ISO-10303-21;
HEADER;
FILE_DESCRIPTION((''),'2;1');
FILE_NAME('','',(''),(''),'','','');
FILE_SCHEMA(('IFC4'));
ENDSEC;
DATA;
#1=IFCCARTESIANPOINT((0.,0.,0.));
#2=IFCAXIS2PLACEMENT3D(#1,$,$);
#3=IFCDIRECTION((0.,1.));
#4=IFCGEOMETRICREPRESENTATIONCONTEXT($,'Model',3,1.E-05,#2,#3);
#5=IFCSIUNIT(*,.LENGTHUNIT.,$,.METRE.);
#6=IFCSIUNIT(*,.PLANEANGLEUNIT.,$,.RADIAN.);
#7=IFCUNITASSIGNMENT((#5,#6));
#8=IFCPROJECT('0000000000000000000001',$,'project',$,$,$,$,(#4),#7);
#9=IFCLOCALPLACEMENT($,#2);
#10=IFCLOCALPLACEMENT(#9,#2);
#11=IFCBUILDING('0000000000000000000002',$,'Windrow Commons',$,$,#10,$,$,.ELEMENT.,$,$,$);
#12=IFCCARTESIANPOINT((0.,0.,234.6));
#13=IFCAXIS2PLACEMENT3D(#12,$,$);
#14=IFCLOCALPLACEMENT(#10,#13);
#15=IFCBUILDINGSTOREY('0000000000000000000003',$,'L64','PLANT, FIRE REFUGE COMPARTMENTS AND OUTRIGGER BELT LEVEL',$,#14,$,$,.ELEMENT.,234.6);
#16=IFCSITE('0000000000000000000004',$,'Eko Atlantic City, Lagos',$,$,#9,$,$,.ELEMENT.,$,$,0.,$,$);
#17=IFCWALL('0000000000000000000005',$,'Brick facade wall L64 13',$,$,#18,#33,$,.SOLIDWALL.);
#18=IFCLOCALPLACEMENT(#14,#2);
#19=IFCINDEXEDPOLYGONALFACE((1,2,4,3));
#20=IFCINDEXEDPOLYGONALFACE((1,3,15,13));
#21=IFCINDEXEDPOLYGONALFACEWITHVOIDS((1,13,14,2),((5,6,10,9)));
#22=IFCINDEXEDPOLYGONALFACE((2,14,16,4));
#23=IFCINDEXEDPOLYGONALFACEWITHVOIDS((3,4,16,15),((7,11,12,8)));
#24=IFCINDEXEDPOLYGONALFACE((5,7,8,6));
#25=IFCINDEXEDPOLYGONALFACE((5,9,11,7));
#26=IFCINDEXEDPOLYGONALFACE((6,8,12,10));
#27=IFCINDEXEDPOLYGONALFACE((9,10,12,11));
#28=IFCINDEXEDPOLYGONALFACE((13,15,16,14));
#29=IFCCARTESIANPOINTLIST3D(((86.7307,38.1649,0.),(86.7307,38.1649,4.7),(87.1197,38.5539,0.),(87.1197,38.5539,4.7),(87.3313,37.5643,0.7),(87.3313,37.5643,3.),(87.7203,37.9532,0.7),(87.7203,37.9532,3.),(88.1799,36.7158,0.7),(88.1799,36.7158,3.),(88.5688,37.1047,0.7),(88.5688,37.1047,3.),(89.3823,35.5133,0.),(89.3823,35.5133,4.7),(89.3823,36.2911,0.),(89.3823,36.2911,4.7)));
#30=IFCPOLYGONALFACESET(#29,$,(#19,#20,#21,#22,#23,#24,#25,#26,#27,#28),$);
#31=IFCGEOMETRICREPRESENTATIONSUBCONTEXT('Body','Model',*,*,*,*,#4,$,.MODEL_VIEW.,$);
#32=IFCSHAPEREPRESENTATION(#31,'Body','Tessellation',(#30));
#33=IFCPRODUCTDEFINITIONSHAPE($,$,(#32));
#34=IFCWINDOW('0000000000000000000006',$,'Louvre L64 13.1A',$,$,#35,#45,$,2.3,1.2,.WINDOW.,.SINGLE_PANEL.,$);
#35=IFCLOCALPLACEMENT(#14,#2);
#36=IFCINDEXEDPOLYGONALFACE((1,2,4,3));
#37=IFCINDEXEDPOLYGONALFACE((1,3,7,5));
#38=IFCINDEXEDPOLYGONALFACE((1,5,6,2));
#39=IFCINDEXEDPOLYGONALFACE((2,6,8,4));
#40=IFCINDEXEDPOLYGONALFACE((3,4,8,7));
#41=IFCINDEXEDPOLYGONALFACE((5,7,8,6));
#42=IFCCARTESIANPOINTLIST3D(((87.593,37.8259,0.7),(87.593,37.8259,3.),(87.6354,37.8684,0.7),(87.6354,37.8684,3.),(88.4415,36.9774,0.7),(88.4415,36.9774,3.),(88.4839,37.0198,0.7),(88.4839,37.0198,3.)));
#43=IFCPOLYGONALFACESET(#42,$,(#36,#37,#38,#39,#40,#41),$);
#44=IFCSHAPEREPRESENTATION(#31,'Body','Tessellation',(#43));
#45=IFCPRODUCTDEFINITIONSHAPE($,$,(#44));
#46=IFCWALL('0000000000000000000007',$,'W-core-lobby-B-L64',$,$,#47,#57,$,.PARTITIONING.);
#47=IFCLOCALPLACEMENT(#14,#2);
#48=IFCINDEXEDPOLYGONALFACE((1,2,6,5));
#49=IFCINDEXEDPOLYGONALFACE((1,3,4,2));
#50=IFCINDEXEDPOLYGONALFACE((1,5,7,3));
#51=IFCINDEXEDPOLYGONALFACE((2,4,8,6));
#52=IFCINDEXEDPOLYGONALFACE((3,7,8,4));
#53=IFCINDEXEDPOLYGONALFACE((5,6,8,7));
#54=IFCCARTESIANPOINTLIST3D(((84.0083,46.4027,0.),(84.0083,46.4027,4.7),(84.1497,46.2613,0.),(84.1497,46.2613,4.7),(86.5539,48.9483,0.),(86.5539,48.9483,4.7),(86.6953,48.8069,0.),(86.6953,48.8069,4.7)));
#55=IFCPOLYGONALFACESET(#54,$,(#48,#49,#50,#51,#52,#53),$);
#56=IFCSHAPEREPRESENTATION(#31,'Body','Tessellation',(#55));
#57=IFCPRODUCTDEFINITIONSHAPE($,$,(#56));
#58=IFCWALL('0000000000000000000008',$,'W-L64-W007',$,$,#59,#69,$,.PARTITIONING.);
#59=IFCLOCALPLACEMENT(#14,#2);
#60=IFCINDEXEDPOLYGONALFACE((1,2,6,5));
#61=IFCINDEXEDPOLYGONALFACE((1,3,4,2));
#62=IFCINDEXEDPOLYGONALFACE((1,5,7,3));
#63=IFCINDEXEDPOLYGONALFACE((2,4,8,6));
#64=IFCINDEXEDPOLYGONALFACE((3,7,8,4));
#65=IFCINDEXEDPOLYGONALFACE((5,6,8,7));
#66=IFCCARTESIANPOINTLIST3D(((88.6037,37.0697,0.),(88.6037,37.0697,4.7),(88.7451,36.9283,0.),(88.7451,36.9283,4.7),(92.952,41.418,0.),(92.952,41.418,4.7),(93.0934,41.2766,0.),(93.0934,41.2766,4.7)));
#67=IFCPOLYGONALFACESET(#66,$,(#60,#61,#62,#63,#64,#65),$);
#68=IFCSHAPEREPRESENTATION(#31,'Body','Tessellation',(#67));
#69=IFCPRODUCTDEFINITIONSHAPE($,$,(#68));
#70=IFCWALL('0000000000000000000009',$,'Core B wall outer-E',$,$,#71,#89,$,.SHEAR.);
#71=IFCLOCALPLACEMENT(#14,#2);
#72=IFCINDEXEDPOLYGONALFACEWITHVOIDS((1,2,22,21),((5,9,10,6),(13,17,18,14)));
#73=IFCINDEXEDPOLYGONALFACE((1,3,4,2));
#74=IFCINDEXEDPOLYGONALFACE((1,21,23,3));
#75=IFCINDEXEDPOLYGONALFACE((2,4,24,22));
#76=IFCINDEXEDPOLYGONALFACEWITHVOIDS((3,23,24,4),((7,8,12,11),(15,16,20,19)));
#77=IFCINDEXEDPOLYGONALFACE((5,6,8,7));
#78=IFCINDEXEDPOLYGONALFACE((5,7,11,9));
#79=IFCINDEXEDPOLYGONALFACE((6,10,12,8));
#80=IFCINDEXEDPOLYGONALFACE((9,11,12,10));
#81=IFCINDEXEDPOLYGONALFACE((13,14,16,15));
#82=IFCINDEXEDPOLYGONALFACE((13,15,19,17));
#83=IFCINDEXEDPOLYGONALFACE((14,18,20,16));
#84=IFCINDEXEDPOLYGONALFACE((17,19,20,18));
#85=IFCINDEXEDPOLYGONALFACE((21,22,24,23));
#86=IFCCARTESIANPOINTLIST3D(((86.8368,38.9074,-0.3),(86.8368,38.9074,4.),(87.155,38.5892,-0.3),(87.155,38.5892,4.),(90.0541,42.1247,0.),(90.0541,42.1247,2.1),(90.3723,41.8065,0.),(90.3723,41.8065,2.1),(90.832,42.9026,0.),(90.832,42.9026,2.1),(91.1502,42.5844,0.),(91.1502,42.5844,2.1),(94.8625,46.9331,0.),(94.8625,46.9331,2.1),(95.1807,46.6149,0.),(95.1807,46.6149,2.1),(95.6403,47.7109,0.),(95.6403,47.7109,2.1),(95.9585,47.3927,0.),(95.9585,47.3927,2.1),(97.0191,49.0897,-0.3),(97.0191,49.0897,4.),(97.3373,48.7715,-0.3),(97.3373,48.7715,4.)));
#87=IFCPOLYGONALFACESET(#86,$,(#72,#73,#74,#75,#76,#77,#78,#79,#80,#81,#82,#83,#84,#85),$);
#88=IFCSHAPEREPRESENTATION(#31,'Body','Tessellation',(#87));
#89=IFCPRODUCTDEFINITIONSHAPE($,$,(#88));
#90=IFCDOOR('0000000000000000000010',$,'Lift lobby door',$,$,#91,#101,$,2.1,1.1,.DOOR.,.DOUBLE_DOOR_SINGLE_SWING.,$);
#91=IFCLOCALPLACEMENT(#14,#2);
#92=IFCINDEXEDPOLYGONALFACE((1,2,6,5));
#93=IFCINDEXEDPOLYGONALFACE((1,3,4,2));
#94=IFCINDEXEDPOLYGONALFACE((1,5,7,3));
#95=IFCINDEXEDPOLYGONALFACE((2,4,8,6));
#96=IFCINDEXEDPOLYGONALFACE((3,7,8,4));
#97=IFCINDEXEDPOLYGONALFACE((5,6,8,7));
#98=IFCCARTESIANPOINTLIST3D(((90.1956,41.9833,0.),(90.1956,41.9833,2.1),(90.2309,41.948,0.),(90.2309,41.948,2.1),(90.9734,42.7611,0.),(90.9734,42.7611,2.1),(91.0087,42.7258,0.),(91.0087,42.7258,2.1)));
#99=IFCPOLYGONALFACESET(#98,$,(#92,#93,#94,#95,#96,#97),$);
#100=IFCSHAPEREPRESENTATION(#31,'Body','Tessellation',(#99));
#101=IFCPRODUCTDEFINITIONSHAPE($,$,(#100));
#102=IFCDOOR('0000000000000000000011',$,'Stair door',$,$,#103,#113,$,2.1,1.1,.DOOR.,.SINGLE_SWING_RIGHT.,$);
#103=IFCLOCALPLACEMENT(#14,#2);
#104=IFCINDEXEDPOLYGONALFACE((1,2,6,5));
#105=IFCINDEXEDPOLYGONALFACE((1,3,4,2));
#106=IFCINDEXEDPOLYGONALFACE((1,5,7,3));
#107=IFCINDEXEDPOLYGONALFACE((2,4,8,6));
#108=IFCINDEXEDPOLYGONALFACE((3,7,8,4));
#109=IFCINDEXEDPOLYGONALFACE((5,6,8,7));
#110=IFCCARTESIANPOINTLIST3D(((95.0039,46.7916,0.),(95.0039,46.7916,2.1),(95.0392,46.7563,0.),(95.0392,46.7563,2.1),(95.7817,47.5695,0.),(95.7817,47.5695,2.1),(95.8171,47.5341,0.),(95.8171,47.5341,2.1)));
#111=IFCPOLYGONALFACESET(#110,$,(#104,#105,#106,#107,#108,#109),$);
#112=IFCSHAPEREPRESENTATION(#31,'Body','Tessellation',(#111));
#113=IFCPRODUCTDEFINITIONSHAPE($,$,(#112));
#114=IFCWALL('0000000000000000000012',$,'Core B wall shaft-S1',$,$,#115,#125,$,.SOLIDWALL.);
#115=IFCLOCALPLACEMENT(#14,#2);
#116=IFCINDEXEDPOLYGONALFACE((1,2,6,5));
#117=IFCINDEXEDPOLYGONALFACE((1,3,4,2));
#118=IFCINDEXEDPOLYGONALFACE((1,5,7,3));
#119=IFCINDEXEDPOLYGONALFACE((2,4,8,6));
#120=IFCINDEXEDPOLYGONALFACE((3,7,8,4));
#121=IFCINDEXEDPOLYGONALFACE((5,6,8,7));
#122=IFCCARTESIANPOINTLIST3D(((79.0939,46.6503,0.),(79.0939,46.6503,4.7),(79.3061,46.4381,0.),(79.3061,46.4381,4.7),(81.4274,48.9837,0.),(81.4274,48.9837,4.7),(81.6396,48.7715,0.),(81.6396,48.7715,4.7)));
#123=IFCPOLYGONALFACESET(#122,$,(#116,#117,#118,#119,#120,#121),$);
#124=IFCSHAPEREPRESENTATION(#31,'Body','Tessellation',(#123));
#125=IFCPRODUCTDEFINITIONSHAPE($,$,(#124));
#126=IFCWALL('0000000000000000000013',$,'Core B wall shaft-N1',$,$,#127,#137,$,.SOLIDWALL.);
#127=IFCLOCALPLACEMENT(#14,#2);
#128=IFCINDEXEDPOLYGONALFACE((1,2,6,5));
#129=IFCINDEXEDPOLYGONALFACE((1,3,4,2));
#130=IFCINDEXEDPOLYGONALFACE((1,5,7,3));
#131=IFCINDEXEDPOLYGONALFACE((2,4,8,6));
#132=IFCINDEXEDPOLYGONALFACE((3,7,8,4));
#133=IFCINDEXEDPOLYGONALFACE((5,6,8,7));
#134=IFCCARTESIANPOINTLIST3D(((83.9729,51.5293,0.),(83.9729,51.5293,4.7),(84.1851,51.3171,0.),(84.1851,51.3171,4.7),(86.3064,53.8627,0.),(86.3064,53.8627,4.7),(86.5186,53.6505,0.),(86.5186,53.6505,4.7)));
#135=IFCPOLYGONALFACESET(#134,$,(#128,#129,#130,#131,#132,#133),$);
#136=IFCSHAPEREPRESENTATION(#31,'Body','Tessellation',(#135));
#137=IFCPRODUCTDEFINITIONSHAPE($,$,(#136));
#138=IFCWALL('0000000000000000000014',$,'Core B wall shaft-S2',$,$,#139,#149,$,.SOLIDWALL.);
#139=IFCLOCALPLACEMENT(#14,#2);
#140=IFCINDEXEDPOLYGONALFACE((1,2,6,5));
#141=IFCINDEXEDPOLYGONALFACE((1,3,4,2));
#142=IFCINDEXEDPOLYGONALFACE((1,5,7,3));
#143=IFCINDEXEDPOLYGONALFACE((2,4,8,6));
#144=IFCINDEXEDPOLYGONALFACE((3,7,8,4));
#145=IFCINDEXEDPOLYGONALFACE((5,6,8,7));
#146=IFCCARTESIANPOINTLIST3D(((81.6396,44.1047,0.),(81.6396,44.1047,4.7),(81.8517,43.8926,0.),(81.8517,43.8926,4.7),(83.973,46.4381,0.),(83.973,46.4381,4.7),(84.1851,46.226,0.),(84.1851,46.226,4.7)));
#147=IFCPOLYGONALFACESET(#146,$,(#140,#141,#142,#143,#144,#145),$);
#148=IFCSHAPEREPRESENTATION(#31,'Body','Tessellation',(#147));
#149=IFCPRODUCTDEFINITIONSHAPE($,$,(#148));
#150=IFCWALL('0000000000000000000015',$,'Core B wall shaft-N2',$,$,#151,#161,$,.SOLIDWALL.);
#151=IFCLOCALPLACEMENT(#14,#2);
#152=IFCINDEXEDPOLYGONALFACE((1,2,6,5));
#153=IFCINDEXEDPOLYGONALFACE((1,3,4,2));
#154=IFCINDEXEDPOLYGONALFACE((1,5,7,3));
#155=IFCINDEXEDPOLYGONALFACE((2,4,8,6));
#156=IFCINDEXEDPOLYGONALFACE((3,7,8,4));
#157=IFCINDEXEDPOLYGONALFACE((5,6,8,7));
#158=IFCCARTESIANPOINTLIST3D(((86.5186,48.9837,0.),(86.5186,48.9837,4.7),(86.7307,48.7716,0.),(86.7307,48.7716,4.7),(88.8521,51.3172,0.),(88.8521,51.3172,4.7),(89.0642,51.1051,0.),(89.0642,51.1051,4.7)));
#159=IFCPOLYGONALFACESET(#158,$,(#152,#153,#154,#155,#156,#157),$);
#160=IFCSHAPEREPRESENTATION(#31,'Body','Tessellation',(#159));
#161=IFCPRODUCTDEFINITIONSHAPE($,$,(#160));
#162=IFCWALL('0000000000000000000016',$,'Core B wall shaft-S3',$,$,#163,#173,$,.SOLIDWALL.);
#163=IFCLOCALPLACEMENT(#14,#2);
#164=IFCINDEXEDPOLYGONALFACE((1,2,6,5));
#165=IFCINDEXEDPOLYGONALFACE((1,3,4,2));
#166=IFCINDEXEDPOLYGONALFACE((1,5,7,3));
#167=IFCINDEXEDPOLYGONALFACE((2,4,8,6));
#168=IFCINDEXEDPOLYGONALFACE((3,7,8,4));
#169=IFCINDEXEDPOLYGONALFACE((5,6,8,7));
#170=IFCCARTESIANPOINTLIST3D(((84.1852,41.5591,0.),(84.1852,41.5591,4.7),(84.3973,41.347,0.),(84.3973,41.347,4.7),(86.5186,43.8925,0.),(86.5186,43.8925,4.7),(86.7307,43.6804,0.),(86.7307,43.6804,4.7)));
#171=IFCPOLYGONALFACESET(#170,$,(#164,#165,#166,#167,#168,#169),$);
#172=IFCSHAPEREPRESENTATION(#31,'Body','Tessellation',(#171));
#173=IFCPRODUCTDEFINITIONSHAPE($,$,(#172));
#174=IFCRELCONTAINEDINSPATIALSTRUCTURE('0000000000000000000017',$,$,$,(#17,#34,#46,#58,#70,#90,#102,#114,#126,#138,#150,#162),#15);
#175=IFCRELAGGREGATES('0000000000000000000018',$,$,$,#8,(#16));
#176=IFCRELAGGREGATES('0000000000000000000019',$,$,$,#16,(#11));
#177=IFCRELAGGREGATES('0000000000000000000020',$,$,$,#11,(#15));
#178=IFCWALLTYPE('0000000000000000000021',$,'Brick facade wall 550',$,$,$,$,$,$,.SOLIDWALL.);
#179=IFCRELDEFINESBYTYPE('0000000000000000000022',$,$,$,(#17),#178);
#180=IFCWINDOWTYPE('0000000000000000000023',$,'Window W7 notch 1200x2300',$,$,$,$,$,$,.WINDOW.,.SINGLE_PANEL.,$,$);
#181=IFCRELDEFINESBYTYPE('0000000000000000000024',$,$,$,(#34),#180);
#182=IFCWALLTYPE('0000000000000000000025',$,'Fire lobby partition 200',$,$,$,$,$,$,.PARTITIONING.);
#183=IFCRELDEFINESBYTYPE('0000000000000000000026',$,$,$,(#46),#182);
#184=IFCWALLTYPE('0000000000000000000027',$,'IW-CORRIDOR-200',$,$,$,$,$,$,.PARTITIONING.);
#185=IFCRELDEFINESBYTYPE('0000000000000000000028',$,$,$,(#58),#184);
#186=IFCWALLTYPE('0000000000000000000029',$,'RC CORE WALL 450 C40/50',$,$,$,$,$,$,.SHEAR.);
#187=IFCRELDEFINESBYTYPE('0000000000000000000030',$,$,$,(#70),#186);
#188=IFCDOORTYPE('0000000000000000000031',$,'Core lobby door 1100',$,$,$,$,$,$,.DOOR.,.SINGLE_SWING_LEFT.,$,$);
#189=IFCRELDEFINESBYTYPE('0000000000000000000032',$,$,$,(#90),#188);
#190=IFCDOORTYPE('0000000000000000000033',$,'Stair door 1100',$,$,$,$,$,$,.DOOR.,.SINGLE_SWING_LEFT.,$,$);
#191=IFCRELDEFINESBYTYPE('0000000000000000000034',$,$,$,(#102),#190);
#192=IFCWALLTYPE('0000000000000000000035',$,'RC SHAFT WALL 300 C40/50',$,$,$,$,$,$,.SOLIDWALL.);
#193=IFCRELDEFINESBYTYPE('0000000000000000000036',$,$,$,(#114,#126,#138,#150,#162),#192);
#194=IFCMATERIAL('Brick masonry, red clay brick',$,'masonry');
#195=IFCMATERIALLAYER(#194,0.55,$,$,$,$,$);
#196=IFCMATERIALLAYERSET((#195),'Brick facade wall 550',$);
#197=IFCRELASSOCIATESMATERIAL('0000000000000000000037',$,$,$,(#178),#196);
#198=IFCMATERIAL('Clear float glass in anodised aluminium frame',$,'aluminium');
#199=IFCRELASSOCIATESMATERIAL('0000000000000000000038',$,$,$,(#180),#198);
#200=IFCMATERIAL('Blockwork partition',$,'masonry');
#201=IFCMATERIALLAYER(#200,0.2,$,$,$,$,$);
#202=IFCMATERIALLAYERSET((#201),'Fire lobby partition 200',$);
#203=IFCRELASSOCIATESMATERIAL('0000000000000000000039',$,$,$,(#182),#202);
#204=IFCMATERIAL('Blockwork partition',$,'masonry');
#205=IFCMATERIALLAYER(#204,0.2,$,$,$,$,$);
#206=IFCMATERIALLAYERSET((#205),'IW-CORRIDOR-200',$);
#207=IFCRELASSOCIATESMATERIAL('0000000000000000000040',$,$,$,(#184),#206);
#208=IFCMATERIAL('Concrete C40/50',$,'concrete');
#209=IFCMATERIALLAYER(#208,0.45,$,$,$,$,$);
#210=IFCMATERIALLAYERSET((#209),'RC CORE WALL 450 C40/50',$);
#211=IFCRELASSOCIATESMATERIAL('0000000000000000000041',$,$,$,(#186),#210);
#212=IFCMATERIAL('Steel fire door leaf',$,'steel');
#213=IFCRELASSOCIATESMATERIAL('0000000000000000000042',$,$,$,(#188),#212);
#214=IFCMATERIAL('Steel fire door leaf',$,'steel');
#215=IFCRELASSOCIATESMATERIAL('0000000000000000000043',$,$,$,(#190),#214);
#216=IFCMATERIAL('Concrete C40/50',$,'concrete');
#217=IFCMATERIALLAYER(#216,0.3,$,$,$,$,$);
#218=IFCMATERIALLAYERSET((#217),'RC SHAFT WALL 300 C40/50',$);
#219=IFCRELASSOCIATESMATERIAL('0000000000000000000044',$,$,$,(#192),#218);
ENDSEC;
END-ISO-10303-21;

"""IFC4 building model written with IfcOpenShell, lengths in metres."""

from ifc_helpers import new_model, si_unit, direction, frame, frame_2d, origin, place, context, subcontext, project, spatial, polyline, rectangle, outline, extrude, material, layer, layer_set, type_object, element, fill, save


model = new_model("IFC4")

# Units and contexts
model_context = context("Model", 3, precision=1e-05, world=origin(), true_north=direction((0.0, 1.0)))
body_context = subcontext(model_context, "Body", "Model", "MODEL_VIEW")
ifc_project = project(units=[si_unit("LENGTHUNIT", "METRE"), si_unit("PLANEANGLEUNIT", "RADIAN")], contexts=[model_context])

# Site, building, storey
site_placement = place(None, origin())
site = spatial("IfcSite", under=ifc_project, at=site_placement, Name="Eko Atlantic City, Lagos", CompositionType="ELEMENT", RefElevation=0.0)
building_placement = place(site_placement, origin())
building = spatial("IfcBuilding", under=site, at=building_placement, Name="Windrow Commons", CompositionType="ELEMENT")
storey_placement = place(building_placement, frame((0.0, 0.0, 234.6)))
storey = spatial("IfcBuildingStorey", under=building, at=storey_placement, Name="L64", Description="PLANT, FIRE REFUGE COMPARTMENTS AND OUTRIGGER BELT LEVEL", CompositionType="ELEMENT", Elevation=234.6)

# Wall, opening, window
ifc_material_1 = material(Name="Brick masonry, red clay brick", Category="masonry")
ifc_layer_1 = layer(ifc_material_1, 0.55)
ifc_layer_set_1 = layer_set([ifc_layer_1], Name="Brick facade wall 550")
wall_type_1 = type_object("IfcWallType", Name="Brick facade wall 550", PredefinedType="SOLIDWALL", material=ifc_layer_set_1)
wall_1_placement = place(storey_placement, frame((86.9252, 38.3594, 0.0), z_axis=(0.0, 0.0, 1.0), x_axis=(0.707092, -0.707121, 0.0)))
wall_1 = element("IfcWall", 1, at=wall_1_placement, inside=storey, type_object=wall_type_1, Name="Brick facade wall L64 13", PredefinedType="SOLIDWALL", context=body_context, shape_type="SweptSolid", body=[
    extrude(outline(polyline([(0.0, -0.275), (3.7499, -0.275), (3.1999, 0.275), (0.0, 0.275), (0.0, -0.275)])), origin(), (0.0, 0.0, 1.0), 4.7),
])
opening_1_placement = place(wall_1_placement, frame((0.8494, 0.0, 0.7)))
opening_1 = element("IfcOpeningElement", 2, at=opening_1_placement, cuts=wall_1, PredefinedType="OPENING", context=body_context, shape_type="SweptSolid", body=[
    extrude(rectangle(XDim=1.2, YDim=2.3, at=frame_2d((0.6, 1.15))), frame((0.0, 0.285, 0.0), z_axis=(0.0, -1.0, 0.0), x_axis=(1.0, 0.0, 0.0)), (0.0, 0.0, 1.0), 0.57),
])
ifc_material_2 = material(Name="Clear float glass in anodised aluminium frame", Category="aluminium")
window_type = type_object("IfcWindowType", Name="Window W7 notch 1200x2300", PartitioningType="SINGLE_PANEL", PredefinedType="WINDOW", material=ifc_material_2)
window_placement = place(opening_1_placement, origin())
window = element("IfcWindow", 3, at=window_placement, inside=storey, type_object=window_type, Name="Louvre L64 13.1A", OverallHeight=2.3, OverallWidth=1.2, PartitioningType="SINGLE_PANEL", PredefinedType="WINDOW", context=body_context, shape_type="SweptSolid", body=[
    extrude(rectangle(XDim=1.2, YDim=2.3, at=frame_2d((0.6, 1.15))), frame((0.0, 0.155, 0.0), z_axis=(0.0, -1.0, 0.0), x_axis=(1.0, 0.0, 0.0)), (0.0, 0.0, 1.0), 0.06),
])
fill(opening_1, window)

# Walls
ifc_material_3 = material(Name="Blockwork partition", Category="masonry")
ifc_layer_2 = layer(ifc_material_3, 0.2)
ifc_layer_set_2 = layer_set([ifc_layer_2], Name="Fire lobby partition 200")
wall_type_2 = type_object("IfcWallType", Name="Fire lobby partition 200", PredefinedType="PARTITIONING", material=ifc_layer_set_2)
wall_2_placement = place(storey_placement, frame((84.079, 46.332, 0.0), z_axis=(0.0, 0.0, 1.0), x_axis=(0.707107, 0.707107, 0.0)))
element("IfcWall", 4, at=wall_2_placement, inside=storey, type_object=wall_type_2, Name="W-core-lobby-B-L64", PredefinedType="PARTITIONING", context=body_context, shape_type="SweptSolid", body=[
    extrude(rectangle(XDim=3.6, YDim=0.2, at=frame_2d((1.8, 0.0))), origin(), (0.0, 0.0, 1.0), 4.7),
])
ifc_material_4 = material(Name="Blockwork partition", Category="masonry")
ifc_layer_3 = layer(ifc_material_4, 0.2)
ifc_layer_set_3 = layer_set([ifc_layer_3], Name="IW-CORRIDOR-200")
wall_type_3 = type_object("IfcWallType", Name="IW-CORRIDOR-200", PredefinedType="PARTITIONING", material=ifc_layer_set_3)
wall_3_placement = place(storey_placement, frame((88.6744, 36.999, 0.0), z_axis=(0.0, 0.0, 1.0), x_axis=(0.707107, 0.707107, 0.0)))
element("IfcWall", 5, at=wall_3_placement, inside=storey, type_object=wall_type_3, Name="W-L64-W007", PredefinedType="PARTITIONING", context=body_context, shape_type="SweptSolid", body=[
    extrude(rectangle(XDim=6.1494, YDim=0.2, at=frame_2d((3.0747, 0.0))), origin(), (0.0, 0.0, 1.0), 4.7),
])

# Wall, openings, doors
ifc_material_5 = material(Name="Concrete C40/50", Category="concrete")
ifc_layer_4 = layer(ifc_material_5, 0.45)
ifc_layer_set_4 = layer_set([ifc_layer_4], Name="RC CORE WALL 450 C40/50")
wall_type_4 = type_object("IfcWallType", Name="RC CORE WALL 450 C40/50", PredefinedType="SHEAR", material=ifc_layer_set_4)
wall_4_placement = place(storey_placement, frame((86.9959, 38.7483, -0.3), z_axis=(0.0, 0.0, 1.0), x_axis=(0.707107, 0.707107, 0.0)))
wall_4 = element("IfcWall", 6, at=wall_4_placement, inside=storey, type_object=wall_type_4, Name="Core B wall outer-E", PredefinedType="SHEAR", context=body_context, shape_type="SweptSolid", body=[
    extrude(rectangle(XDim=14.3999, YDim=0.45, at=frame_2d((7.2, 0.0))), origin(), (0.0, 0.0, 1.0), 4.3),
])
opening_2_placement = place(wall_4_placement, frame((4.55, 0.0, 0.3)))
opening_2 = element("IfcOpeningElement", 7, at=opening_2_placement, cuts=wall_4, PredefinedType="OPENING", context=body_context, shape_type="SweptSolid", body=[
    extrude(rectangle(XDim=1.1, YDim=2.1, at=frame_2d((0.55, 1.05))), frame((0.0, 0.235, 0.0), z_axis=(0.0, -1.0, 0.0), x_axis=(1.0, 0.0, 0.0)), (0.0, 0.0, 1.0), 0.47),
])
opening_3_placement = place(wall_4_placement, frame((11.35, 0.0, 0.3)))
opening_3 = element("IfcOpeningElement", 8, at=opening_3_placement, cuts=wall_4, PredefinedType="OPENING", context=body_context, shape_type="SweptSolid", body=[
    extrude(rectangle(XDim=1.1, YDim=2.1, at=frame_2d((0.55, 1.05))), frame((0.0, 0.235, 0.0), z_axis=(0.0, -1.0, 0.0), x_axis=(1.0, 0.0, 0.0)), (0.0, 0.0, 1.0), 0.47),
])
ifc_material_6 = material(Name="Steel fire door leaf", Category="steel")
door_type_1 = type_object("IfcDoorType", Name="Core lobby door 1100", OperationType="SINGLE_SWING_LEFT", PredefinedType="DOOR", material=ifc_material_6)
door_1_placement = place(opening_2_placement, origin())
door_1 = element("IfcDoor", 9, at=door_1_placement, inside=storey, type_object=door_type_1, Name="Lift lobby door", OperationType="DOUBLE_DOOR_SINGLE_SWING", OverallHeight=2.1, OverallWidth=1.1, PredefinedType="DOOR", context=body_context, shape_type="SweptSolid", body=[
    extrude(rectangle(XDim=1.1, YDim=2.1, at=frame_2d((0.55, 1.05))), frame((0.0, 0.025, 0.0), z_axis=(0.0, -1.0, 0.0), x_axis=(1.0, 0.0, 0.0)), (0.0, 0.0, 1.0), 0.05),
])
fill(opening_2, door_1)
ifc_material_7 = material(Name="Steel fire door leaf", Category="steel")
door_type_2 = type_object("IfcDoorType", Name="Stair door 1100", OperationType="SINGLE_SWING_LEFT", PredefinedType="DOOR", material=ifc_material_7)
door_2_placement = place(opening_3_placement, origin())
door_2 = element("IfcDoor", 10, at=door_2_placement, inside=storey, type_object=door_type_2, Name="Stair door", OperationType="SINGLE_SWING_RIGHT", OverallHeight=2.1, OverallWidth=1.1, PredefinedType="DOOR", context=body_context, shape_type="SweptSolid", body=[
    extrude(rectangle(XDim=1.1, YDim=2.1, at=frame_2d((0.55, 1.05))), frame((0.0, 0.025, 0.0), z_axis=(0.0, -1.0, 0.0), x_axis=(1.0, 0.0, 0.0)), (0.0, 0.0, 1.0), 0.05),
])
fill(opening_3, door_2)

# Walls
ifc_material_8 = material(Name="Concrete C40/50", Category="concrete")
ifc_layer_5 = layer(ifc_material_8, 0.3)
ifc_layer_set_5 = layer_set([ifc_layer_5], Name="RC SHAFT WALL 300 C40/50")
wall_type_5 = type_object("IfcWallType", Name="RC SHAFT WALL 300 C40/50", PredefinedType="SOLIDWALL", material=ifc_layer_set_5)
for number, where, z_axis, x_axis, name in (
    (11, (79.2, 46.5442, 0.0), (0.0, 0.0, 1.0), (0.707122, 0.707092, 0.0), "Core B wall shaft-S1"),
    (12, (84.079, 51.4232, 0.0), (0.0, 0.0, 1.0), (0.707122, 0.707092, 0.0), "Core B wall shaft-N1"),
):
    element("IfcWall", number, at=place(storey_placement, frame(where, z_axis=z_axis, x_axis=x_axis)), inside=storey, type_object=wall_type_5, Name=name, PredefinedType="SOLIDWALL", context=body_context, shape_type="SweptSolid", body=[
        extrude(rectangle(XDim=3.3, YDim=0.3, at=frame_2d((1.65, 0.0))), origin(), (0.0, 0.0, 1.0), 4.7),
    ])
wall_5_placement = place(storey_placement, frame((81.7456, 43.9986, 0.0), z_axis=(0.0, 0.0, 1.0), x_axis=(0.707107, 0.707107, 0.0)))
element("IfcWall", 13, at=wall_5_placement, inside=storey, type_object=wall_type_5, Name="Core B wall shaft-S2", PredefinedType="SOLIDWALL", context=body_context, shape_type="SweptSolid", body=[
    extrude(rectangle(XDim=3.2999, YDim=0.3, at=frame_2d((1.65, 0.0))), origin(), (0.0, 0.0, 1.0), 4.7),
])
wall_6_placement = place(storey_placement, frame((86.6246, 48.8776, 0.0), z_axis=(0.0, 0.0, 1.0), x_axis=(0.707107, 0.707107, 0.0)))
element("IfcWall", 14, at=wall_6_placement, inside=storey, type_object=wall_type_5, Name="Core B wall shaft-N2", PredefinedType="SOLIDWALL", context=body_context, shape_type="SweptSolid", body=[
    extrude(rectangle(XDim=3.3001, YDim=0.3, at=frame_2d((1.6501, 0.0))), origin(), (0.0, 0.0, 1.0), 4.7),
])
wall_7_placement = place(storey_placement, frame((84.2912, 41.453, 0.0), z_axis=(0.0, 0.0, 1.0), x_axis=(0.707107, 0.707107, 0.0)))
element("IfcWall", 15, at=wall_7_placement, inside=storey, type_object=wall_type_5, Name="Core B wall shaft-S3", PredefinedType="SOLIDWALL", context=body_context, shape_type="SweptSolid", body=[
    extrude(rectangle(XDim=3.2999, YDim=0.3, at=frame_2d((1.65, 0.0))), origin(), (0.0, 0.0, 1.0), 4.7),
])

save(model, "model.ifc")
